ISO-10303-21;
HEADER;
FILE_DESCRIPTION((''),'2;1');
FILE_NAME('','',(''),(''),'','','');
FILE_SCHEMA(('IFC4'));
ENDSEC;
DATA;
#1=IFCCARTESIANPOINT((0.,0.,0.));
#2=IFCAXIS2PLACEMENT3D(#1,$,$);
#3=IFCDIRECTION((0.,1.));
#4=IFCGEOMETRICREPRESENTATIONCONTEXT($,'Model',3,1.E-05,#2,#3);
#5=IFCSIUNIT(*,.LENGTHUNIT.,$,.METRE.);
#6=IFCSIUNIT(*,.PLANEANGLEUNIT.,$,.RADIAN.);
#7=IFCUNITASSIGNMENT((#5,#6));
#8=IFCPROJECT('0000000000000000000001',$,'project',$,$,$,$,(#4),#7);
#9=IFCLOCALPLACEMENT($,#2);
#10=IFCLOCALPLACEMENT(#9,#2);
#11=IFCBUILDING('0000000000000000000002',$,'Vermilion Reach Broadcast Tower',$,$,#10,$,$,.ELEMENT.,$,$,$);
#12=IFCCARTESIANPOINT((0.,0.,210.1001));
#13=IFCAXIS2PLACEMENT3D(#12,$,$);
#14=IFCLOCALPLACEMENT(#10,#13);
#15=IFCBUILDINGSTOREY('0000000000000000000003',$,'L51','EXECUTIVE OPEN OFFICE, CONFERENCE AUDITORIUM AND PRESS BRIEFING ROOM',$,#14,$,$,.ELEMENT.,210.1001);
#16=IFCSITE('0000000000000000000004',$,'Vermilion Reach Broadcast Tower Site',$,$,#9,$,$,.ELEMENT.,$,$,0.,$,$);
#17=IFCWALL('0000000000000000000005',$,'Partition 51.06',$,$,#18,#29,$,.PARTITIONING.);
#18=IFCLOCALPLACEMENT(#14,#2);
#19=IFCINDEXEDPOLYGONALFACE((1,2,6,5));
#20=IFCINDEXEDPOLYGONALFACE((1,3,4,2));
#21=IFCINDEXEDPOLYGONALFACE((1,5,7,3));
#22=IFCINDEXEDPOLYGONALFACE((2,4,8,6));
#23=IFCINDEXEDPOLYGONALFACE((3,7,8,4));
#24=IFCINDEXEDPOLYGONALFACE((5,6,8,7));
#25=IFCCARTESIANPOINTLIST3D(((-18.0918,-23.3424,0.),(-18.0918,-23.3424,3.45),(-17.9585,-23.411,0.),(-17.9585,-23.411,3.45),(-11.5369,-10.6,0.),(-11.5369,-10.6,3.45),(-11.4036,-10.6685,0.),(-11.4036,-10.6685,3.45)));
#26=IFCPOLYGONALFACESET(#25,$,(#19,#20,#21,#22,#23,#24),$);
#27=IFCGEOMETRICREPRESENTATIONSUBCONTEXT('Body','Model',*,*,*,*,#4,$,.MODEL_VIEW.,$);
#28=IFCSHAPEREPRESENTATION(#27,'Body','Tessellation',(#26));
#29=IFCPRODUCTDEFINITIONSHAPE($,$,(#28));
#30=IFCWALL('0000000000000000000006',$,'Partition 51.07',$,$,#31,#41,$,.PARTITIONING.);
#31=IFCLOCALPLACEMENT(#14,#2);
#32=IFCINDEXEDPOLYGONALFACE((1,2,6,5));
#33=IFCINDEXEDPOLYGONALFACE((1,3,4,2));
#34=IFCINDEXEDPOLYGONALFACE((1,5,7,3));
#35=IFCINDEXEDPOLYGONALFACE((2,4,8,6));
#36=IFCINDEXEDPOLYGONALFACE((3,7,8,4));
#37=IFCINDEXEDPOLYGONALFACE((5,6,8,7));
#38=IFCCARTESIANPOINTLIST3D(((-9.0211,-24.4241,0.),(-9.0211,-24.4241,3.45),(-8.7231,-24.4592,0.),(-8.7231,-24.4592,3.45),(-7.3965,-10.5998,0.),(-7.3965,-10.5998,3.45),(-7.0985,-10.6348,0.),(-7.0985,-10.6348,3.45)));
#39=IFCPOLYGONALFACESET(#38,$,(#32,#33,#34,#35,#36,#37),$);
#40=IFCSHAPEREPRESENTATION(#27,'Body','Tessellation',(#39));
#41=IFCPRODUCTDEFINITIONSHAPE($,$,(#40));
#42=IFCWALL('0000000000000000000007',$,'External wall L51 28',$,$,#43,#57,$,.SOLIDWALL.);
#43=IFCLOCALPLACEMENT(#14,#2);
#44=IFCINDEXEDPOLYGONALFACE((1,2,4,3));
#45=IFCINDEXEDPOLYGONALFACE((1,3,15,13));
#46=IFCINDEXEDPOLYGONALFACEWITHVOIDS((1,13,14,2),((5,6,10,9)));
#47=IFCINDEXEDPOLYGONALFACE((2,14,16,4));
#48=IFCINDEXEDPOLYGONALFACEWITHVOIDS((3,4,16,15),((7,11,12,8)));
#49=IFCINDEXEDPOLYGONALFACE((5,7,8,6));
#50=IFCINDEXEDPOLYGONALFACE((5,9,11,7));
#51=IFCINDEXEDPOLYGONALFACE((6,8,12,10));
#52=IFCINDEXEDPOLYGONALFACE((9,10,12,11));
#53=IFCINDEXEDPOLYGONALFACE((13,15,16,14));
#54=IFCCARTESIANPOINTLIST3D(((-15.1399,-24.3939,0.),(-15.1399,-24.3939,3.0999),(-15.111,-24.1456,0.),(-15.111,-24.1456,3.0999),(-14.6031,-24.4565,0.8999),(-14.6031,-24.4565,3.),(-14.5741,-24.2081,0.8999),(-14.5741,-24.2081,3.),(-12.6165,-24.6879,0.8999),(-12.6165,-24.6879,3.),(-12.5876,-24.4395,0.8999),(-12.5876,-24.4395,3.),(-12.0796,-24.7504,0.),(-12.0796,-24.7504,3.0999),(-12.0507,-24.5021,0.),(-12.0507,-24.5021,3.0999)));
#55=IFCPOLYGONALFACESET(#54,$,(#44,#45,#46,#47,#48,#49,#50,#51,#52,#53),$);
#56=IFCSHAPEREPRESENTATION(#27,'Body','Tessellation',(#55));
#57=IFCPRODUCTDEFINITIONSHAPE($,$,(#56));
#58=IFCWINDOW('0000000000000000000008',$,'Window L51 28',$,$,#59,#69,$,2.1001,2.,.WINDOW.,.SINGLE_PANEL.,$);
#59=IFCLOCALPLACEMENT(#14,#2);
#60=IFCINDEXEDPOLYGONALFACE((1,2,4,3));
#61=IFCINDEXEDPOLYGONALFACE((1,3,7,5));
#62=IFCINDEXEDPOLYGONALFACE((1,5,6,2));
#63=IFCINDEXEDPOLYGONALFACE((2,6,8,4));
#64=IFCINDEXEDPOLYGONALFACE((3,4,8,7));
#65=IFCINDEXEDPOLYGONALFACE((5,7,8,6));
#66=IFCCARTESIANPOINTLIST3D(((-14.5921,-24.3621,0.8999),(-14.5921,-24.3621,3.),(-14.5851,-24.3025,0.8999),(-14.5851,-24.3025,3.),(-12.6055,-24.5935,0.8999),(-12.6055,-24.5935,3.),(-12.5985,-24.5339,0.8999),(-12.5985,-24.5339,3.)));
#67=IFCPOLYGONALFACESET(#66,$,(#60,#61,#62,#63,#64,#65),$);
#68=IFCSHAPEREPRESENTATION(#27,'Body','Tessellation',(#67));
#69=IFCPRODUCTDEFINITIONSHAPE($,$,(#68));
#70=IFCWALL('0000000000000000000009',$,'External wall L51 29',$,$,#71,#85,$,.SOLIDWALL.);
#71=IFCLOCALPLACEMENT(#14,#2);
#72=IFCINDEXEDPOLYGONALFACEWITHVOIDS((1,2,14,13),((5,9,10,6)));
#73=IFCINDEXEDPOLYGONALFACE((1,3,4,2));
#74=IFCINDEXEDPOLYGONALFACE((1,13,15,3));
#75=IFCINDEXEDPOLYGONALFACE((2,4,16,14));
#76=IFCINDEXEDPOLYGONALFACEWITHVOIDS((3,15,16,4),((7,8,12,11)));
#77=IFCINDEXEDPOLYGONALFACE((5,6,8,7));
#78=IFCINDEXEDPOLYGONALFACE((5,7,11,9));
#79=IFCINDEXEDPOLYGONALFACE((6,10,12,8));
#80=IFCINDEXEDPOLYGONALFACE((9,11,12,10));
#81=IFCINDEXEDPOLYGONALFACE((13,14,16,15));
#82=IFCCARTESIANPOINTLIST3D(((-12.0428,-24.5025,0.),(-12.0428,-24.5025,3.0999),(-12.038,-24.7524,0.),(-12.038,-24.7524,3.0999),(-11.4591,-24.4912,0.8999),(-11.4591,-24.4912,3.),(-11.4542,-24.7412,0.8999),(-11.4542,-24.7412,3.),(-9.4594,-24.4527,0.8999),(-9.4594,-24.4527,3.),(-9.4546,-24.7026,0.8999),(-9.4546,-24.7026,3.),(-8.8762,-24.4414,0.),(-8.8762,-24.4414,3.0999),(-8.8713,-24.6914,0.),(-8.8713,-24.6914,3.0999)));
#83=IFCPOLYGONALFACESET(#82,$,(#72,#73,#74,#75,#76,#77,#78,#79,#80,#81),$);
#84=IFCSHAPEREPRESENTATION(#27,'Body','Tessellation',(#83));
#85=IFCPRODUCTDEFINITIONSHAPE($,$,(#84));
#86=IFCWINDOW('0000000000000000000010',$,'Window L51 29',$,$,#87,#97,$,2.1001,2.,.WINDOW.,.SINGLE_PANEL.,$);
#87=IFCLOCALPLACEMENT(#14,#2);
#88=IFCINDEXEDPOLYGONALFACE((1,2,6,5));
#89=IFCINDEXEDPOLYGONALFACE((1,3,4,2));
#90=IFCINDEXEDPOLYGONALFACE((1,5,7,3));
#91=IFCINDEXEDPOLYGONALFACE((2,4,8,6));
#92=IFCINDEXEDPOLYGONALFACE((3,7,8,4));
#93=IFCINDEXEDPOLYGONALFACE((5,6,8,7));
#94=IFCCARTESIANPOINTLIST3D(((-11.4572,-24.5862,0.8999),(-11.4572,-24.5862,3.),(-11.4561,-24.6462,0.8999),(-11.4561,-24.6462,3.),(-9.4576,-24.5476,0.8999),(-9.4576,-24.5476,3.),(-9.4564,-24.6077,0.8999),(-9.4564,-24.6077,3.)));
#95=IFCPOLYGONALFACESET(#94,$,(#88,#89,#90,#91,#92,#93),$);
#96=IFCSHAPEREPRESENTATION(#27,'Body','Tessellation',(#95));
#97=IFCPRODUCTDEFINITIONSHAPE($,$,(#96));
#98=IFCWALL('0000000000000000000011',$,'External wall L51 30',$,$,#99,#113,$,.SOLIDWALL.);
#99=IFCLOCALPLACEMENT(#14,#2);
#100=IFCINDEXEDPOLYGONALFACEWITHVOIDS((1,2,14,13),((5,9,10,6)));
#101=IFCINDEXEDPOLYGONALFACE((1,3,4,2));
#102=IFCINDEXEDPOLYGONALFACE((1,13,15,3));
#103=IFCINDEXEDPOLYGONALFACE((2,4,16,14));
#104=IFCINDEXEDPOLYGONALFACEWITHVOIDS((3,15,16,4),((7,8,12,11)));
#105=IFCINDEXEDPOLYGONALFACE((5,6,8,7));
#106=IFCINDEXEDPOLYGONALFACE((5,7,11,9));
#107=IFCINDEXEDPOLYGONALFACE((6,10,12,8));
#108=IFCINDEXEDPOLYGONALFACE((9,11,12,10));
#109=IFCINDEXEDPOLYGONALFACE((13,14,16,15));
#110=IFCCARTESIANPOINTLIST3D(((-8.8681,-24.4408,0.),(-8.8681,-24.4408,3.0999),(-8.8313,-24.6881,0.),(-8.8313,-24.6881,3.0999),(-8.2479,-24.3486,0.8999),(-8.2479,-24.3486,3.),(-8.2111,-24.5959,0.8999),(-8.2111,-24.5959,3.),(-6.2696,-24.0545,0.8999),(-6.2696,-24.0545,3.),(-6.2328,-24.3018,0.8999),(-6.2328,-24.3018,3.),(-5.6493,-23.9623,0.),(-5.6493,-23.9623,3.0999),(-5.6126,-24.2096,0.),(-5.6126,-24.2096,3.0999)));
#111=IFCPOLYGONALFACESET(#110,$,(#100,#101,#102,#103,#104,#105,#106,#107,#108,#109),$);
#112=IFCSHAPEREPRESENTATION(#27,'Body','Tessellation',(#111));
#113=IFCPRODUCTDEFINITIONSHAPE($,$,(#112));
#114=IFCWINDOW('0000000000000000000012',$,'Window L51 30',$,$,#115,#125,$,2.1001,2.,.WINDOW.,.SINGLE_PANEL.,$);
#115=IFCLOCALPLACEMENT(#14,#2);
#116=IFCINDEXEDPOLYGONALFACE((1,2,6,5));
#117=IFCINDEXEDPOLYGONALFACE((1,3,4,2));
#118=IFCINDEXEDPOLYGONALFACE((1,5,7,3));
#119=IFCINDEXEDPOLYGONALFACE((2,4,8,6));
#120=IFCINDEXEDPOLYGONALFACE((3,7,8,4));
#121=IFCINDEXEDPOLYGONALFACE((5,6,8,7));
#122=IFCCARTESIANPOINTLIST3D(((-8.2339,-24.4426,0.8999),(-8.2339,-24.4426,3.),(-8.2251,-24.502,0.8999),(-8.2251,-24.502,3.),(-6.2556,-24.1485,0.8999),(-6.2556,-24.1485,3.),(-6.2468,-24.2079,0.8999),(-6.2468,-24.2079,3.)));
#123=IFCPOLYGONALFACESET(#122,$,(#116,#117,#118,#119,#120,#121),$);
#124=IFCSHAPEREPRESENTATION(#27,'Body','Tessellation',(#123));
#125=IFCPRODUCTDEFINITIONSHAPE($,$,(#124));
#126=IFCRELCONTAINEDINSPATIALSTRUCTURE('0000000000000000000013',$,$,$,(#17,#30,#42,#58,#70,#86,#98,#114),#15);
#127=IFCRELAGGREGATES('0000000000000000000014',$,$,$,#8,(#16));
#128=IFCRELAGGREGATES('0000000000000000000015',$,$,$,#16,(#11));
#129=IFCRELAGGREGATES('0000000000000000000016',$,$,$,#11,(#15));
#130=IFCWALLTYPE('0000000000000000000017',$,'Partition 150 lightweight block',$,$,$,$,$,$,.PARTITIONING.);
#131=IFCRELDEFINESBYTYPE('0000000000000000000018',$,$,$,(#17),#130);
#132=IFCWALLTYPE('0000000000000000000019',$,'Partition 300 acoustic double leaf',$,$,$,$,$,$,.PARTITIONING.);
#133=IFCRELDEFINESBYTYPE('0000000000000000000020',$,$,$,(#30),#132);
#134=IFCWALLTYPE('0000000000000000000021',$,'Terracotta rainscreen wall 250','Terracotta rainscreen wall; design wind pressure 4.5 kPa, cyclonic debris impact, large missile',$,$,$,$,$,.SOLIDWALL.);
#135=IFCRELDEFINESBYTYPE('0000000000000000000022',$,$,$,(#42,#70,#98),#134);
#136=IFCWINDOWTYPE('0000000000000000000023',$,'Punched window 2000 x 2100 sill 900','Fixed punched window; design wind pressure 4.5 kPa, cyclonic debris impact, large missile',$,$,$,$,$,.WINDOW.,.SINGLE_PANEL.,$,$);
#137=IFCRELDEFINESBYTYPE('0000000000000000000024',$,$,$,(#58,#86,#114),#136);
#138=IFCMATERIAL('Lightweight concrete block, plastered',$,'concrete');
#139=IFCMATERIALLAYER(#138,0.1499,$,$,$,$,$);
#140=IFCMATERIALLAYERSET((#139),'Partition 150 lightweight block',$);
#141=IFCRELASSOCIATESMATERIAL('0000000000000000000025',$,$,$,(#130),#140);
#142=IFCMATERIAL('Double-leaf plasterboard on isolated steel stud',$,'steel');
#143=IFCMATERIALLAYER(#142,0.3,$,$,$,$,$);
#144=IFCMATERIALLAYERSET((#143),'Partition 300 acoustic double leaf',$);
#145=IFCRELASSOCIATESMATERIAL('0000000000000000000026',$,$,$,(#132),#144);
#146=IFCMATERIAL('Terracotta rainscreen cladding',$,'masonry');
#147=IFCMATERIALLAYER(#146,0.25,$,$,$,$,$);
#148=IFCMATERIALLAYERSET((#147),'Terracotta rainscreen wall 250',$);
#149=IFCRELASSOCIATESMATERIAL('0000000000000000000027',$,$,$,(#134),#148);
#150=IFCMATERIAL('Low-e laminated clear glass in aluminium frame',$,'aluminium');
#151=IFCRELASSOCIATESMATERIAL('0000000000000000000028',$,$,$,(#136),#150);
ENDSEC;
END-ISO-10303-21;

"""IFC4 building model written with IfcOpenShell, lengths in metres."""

from ifc_helpers import new_model, si_unit, direction, frame, frame_2d, origin, place, context, subcontext, project, spatial, rectangle, extrude, material, layer, layer_set, type_object, element, fill, save


model = new_model("IFC4")

# Units and contexts
model_context = context("Model", 3, precision=1e-05, world=origin(), true_north=direction((0.0, 1.0)))
body_context = subcontext(model_context, "Body", "Model", "MODEL_VIEW")
ifc_project = project(units=[si_unit("LENGTHUNIT", "METRE"), si_unit("PLANEANGLEUNIT", "RADIAN")], contexts=[model_context])

# Site, building, storey
site_placement = place(None, origin())
site = spatial("IfcSite", under=ifc_project, at=site_placement, Name="Vermilion Reach Broadcast Tower Site", CompositionType="ELEMENT", RefElevation=0.0)
building_placement = place(site_placement, origin())
building = spatial("IfcBuilding", under=site, at=building_placement, Name="Vermilion Reach Broadcast Tower", CompositionType="ELEMENT")
storey_placement = place(building_placement, frame((0.0, 0.0, 210.1001)))
storey = spatial("IfcBuildingStorey", under=building, at=storey_placement, Name="L51", Description="EXECUTIVE OPEN OFFICE, CONFERENCE AUDITORIUM AND PRESS BRIEFING ROOM", CompositionType="ELEMENT", Elevation=210.1001)

# Walls
ifc_material_1 = material(Name="Lightweight concrete block, plastered", Category="concrete")
ifc_layer_1 = layer(ifc_material_1, 0.1499)
ifc_layer_set_1 = layer_set([ifc_layer_1], Name="Partition 150 lightweight block")
wall_type_1 = type_object("IfcWallType", Name="Partition 150 lightweight block", PredefinedType="PARTITIONING", material=ifc_layer_set_1)
wall_1_placement = place(storey_placement, frame((-18.0251, -23.3767, 0.0), z_axis=(0.0, 0.0, 1.0), x_axis=(0.457441, 0.88924, 0.0)))
element("IfcWall", 1, at=wall_1_placement, inside=storey, type_object=wall_type_1, Name="Partition 51.06", PredefinedType="PARTITIONING", context=body_context, shape_type="SweptSolid", body=[
    extrude(rectangle(XDim=14.3296, YDim=0.1499, at=frame_2d((7.1648, 0.0))), origin(), (0.0, 0.0, 1.0), 3.45),
])
ifc_material_2 = material(Name="Double-leaf plasterboard on isolated steel stud", Category="steel")
ifc_layer_2 = layer(ifc_material_2, 0.3)
ifc_layer_set_2 = layer_set([ifc_layer_2], Name="Partition 300 acoustic double leaf")
wall_type_2 = type_object("IfcWallType", Name="Partition 300 acoustic double leaf", PredefinedType="PARTITIONING", material=ifc_layer_set_2)
wall_2_placement = place(storey_placement, frame((-8.8721, -24.4417, 0.0), z_axis=(0.0, 0.0, 1.0), x_axis=(0.116709, 0.993166, 0.0)))
element("IfcWall", 2, at=wall_2_placement, inside=storey, type_object=wall_type_2, Name="Partition 51.07", PredefinedType="PARTITIONING", context=body_context, shape_type="SweptSolid", body=[
    extrude(rectangle(XDim=13.9194, YDim=0.3, at=frame_2d((6.9597, 0.0))), origin(), (0.0, 0.0, 1.0), 3.45),
])

# Shared definitions
ifc_material_3 = material(Name="Terracotta rainscreen cladding", Category="masonry")
ifc_layer_3 = layer(ifc_material_3, 0.25)
ifc_layer_set_3 = layer_set([ifc_layer_3], Name="Terracotta rainscreen wall 250")
wall_type_3 = type_object("IfcWallType", Name="Terracotta rainscreen wall 250", Description="Terracotta rainscreen wall; design wind pressure 4.5 kPa, cyclonic debris impact, large missile", PredefinedType="SOLIDWALL", material=ifc_layer_set_3)

# Walls, openings, windows
wall_3_placement = place(storey_placement, frame((-15.1255, -24.2698, 0.0), z_axis=(0.0, 0.0, 1.0), x_axis=(0.993285, -0.115692, 0.0)))
wall_3 = element("IfcWall", 3, at=wall_3_placement, inside=storey, type_object=wall_type_3, Name="External wall L51 28", PredefinedType="SOLIDWALL", context=body_context, shape_type="SweptSolid", body=[
    extrude(rectangle(XDim=3.0811, YDim=0.25, at=frame_2d((1.5405, 0.0))), origin(), (0.0, 0.0, 1.0), 3.0999),
])
opening_1_placement = place(wall_3_placement, frame((0.5405, 0.0, 0.8999)))
opening_1 = element("IfcOpeningElement", 4, at=opening_1_placement, cuts=wall_3, PredefinedType="OPENING", context=body_context, shape_type="SweptSolid", body=[
    extrude(rectangle(XDim=2.0, YDim=2.1001, at=frame_2d((1.0, 1.05))), frame((0.0, 0.135, 0.0), z_axis=(0.0, -1.0, 0.0), x_axis=(1.0, 0.0, 0.0)), (0.0, 0.0, 1.0), 0.27),
])
ifc_material_4 = material(Name="Low-e laminated clear glass in aluminium frame", Category="aluminium")
window_type = type_object("IfcWindowType", Name="Punched window 2000 x 2100 sill 900", Description="Fixed punched window; design wind pressure 4.5 kPa, cyclonic debris impact, large missile", PartitioningType="SINGLE_PANEL", PredefinedType="WINDOW", material=ifc_material_4)
window_1_placement = place(opening_1_placement, origin())
window_1 = element("IfcWindow", 5, at=window_1_placement, inside=storey, type_object=window_type, Name="Window L51 28", OverallHeight=2.1001, OverallWidth=2.0, PartitioningType="SINGLE_PANEL", PredefinedType="WINDOW", context=body_context, shape_type="SweptSolid", body=[
    extrude(rectangle(XDim=2.0, YDim=2.1001, at=frame_2d((1.0, 1.05))), frame((0.0, 0.03, 0.0), z_axis=(0.0, -1.0, 0.0), x_axis=(1.0, 0.0, 0.0)), (0.0, 0.0, 1.0), 0.0601),
])
fill(opening_1, window_1)
wall_4_placement = place(storey_placement, frame((-12.0403, -24.6274, 0.0), z_axis=(0.0, 0.0, 1.0), x_axis=(0.999814, 0.01927, 0.0)))
wall_4 = element("IfcWall", 6, at=wall_4_placement, inside=storey, type_object=wall_type_3, Name="External wall L51 29", PredefinedType="SOLIDWALL", context=body_context, shape_type="SweptSolid", body=[
    extrude(rectangle(XDim=3.1672, YDim=0.25, at=frame_2d((1.5835, 0.0))), origin(), (0.0, 0.0, 1.0), 3.0999),
])
opening_2_placement = place(wall_4_placement, frame((0.5837, 0.0, 0.8999)))
opening_2 = element("IfcOpeningElement", 7, at=opening_2_placement, cuts=wall_4, PredefinedType="OPENING", context=body_context, shape_type="SweptSolid", body=[
    extrude(rectangle(XDim=2.0, YDim=2.1001, at=frame_2d((1.0, 1.05))), frame((0.0, 0.135, 0.0), z_axis=(0.0, -1.0, 0.0), x_axis=(1.0, 0.0, 0.0)), (0.0, 0.0, 1.0), 0.27),
])
window_2_placement = place(opening_2_placement, origin())
window_2 = element("IfcWindow", 8, at=window_2_placement, inside=storey, type_object=window_type, Name="Window L51 29", OverallHeight=2.1001, OverallWidth=2.0, PartitioningType="SINGLE_PANEL", PredefinedType="WINDOW", context=body_context, shape_type="SweptSolid", body=[
    extrude(rectangle(XDim=2.0, YDim=2.1001, at=frame_2d((1.0, 1.05))), frame((0.0, 0.03, 0.0), z_axis=(0.0, -1.0, 0.0), x_axis=(1.0, 0.0, 0.0)), (0.0, 0.0, 1.0), 0.0601),
])
fill(opening_2, window_2)
wall_5_placement = place(storey_placement, frame((-8.8496, -24.5645, 0.0), z_axis=(0.0, 0.0, 1.0), x_axis=(0.989129, 0.147049, 0.0)))
wall_5 = element("IfcWall", 9, at=wall_5_placement, inside=storey, type_object=wall_type_3, Name="External wall L51 30", PredefinedType="SOLIDWALL", context=body_context, shape_type="SweptSolid", body=[
    extrude(rectangle(XDim=3.2542, YDim=0.25, at=frame_2d((1.627, 0.0))), origin(), (0.0, 0.0, 1.0), 3.0999),
])
opening_3_placement = place(wall_5_placement, frame((0.627, 0.0, 0.8999)))
opening_3 = element("IfcOpeningElement", 10, at=opening_3_placement, cuts=wall_5, PredefinedType="OPENING", context=body_context, shape_type="SweptSolid", body=[
    extrude(rectangle(XDim=2.0, YDim=2.1001, at=frame_2d((1.0, 1.05))), frame((0.0, 0.135, 0.0), z_axis=(0.0, -1.0, 0.0), x_axis=(1.0, 0.0, 0.0)), (0.0, 0.0, 1.0), 0.27),
])
window_3_placement = place(opening_3_placement, origin())
window_3 = element("IfcWindow", 11, at=window_3_placement, inside=storey, type_object=window_type, Name="Window L51 30", OverallHeight=2.1001, OverallWidth=2.0, PartitioningType="SINGLE_PANEL", PredefinedType="WINDOW", context=body_context, shape_type="SweptSolid", body=[
    extrude(rectangle(XDim=2.0, YDim=2.1001, at=frame_2d((1.0, 1.05))), frame((0.0, 0.03, 0.0), z_axis=(0.0, -1.0, 0.0), x_axis=(1.0, 0.0, 0.0)), (0.0, 0.0, 1.0), 0.0601),
])
fill(opening_3, window_3)

save(model, "model.ifc")
